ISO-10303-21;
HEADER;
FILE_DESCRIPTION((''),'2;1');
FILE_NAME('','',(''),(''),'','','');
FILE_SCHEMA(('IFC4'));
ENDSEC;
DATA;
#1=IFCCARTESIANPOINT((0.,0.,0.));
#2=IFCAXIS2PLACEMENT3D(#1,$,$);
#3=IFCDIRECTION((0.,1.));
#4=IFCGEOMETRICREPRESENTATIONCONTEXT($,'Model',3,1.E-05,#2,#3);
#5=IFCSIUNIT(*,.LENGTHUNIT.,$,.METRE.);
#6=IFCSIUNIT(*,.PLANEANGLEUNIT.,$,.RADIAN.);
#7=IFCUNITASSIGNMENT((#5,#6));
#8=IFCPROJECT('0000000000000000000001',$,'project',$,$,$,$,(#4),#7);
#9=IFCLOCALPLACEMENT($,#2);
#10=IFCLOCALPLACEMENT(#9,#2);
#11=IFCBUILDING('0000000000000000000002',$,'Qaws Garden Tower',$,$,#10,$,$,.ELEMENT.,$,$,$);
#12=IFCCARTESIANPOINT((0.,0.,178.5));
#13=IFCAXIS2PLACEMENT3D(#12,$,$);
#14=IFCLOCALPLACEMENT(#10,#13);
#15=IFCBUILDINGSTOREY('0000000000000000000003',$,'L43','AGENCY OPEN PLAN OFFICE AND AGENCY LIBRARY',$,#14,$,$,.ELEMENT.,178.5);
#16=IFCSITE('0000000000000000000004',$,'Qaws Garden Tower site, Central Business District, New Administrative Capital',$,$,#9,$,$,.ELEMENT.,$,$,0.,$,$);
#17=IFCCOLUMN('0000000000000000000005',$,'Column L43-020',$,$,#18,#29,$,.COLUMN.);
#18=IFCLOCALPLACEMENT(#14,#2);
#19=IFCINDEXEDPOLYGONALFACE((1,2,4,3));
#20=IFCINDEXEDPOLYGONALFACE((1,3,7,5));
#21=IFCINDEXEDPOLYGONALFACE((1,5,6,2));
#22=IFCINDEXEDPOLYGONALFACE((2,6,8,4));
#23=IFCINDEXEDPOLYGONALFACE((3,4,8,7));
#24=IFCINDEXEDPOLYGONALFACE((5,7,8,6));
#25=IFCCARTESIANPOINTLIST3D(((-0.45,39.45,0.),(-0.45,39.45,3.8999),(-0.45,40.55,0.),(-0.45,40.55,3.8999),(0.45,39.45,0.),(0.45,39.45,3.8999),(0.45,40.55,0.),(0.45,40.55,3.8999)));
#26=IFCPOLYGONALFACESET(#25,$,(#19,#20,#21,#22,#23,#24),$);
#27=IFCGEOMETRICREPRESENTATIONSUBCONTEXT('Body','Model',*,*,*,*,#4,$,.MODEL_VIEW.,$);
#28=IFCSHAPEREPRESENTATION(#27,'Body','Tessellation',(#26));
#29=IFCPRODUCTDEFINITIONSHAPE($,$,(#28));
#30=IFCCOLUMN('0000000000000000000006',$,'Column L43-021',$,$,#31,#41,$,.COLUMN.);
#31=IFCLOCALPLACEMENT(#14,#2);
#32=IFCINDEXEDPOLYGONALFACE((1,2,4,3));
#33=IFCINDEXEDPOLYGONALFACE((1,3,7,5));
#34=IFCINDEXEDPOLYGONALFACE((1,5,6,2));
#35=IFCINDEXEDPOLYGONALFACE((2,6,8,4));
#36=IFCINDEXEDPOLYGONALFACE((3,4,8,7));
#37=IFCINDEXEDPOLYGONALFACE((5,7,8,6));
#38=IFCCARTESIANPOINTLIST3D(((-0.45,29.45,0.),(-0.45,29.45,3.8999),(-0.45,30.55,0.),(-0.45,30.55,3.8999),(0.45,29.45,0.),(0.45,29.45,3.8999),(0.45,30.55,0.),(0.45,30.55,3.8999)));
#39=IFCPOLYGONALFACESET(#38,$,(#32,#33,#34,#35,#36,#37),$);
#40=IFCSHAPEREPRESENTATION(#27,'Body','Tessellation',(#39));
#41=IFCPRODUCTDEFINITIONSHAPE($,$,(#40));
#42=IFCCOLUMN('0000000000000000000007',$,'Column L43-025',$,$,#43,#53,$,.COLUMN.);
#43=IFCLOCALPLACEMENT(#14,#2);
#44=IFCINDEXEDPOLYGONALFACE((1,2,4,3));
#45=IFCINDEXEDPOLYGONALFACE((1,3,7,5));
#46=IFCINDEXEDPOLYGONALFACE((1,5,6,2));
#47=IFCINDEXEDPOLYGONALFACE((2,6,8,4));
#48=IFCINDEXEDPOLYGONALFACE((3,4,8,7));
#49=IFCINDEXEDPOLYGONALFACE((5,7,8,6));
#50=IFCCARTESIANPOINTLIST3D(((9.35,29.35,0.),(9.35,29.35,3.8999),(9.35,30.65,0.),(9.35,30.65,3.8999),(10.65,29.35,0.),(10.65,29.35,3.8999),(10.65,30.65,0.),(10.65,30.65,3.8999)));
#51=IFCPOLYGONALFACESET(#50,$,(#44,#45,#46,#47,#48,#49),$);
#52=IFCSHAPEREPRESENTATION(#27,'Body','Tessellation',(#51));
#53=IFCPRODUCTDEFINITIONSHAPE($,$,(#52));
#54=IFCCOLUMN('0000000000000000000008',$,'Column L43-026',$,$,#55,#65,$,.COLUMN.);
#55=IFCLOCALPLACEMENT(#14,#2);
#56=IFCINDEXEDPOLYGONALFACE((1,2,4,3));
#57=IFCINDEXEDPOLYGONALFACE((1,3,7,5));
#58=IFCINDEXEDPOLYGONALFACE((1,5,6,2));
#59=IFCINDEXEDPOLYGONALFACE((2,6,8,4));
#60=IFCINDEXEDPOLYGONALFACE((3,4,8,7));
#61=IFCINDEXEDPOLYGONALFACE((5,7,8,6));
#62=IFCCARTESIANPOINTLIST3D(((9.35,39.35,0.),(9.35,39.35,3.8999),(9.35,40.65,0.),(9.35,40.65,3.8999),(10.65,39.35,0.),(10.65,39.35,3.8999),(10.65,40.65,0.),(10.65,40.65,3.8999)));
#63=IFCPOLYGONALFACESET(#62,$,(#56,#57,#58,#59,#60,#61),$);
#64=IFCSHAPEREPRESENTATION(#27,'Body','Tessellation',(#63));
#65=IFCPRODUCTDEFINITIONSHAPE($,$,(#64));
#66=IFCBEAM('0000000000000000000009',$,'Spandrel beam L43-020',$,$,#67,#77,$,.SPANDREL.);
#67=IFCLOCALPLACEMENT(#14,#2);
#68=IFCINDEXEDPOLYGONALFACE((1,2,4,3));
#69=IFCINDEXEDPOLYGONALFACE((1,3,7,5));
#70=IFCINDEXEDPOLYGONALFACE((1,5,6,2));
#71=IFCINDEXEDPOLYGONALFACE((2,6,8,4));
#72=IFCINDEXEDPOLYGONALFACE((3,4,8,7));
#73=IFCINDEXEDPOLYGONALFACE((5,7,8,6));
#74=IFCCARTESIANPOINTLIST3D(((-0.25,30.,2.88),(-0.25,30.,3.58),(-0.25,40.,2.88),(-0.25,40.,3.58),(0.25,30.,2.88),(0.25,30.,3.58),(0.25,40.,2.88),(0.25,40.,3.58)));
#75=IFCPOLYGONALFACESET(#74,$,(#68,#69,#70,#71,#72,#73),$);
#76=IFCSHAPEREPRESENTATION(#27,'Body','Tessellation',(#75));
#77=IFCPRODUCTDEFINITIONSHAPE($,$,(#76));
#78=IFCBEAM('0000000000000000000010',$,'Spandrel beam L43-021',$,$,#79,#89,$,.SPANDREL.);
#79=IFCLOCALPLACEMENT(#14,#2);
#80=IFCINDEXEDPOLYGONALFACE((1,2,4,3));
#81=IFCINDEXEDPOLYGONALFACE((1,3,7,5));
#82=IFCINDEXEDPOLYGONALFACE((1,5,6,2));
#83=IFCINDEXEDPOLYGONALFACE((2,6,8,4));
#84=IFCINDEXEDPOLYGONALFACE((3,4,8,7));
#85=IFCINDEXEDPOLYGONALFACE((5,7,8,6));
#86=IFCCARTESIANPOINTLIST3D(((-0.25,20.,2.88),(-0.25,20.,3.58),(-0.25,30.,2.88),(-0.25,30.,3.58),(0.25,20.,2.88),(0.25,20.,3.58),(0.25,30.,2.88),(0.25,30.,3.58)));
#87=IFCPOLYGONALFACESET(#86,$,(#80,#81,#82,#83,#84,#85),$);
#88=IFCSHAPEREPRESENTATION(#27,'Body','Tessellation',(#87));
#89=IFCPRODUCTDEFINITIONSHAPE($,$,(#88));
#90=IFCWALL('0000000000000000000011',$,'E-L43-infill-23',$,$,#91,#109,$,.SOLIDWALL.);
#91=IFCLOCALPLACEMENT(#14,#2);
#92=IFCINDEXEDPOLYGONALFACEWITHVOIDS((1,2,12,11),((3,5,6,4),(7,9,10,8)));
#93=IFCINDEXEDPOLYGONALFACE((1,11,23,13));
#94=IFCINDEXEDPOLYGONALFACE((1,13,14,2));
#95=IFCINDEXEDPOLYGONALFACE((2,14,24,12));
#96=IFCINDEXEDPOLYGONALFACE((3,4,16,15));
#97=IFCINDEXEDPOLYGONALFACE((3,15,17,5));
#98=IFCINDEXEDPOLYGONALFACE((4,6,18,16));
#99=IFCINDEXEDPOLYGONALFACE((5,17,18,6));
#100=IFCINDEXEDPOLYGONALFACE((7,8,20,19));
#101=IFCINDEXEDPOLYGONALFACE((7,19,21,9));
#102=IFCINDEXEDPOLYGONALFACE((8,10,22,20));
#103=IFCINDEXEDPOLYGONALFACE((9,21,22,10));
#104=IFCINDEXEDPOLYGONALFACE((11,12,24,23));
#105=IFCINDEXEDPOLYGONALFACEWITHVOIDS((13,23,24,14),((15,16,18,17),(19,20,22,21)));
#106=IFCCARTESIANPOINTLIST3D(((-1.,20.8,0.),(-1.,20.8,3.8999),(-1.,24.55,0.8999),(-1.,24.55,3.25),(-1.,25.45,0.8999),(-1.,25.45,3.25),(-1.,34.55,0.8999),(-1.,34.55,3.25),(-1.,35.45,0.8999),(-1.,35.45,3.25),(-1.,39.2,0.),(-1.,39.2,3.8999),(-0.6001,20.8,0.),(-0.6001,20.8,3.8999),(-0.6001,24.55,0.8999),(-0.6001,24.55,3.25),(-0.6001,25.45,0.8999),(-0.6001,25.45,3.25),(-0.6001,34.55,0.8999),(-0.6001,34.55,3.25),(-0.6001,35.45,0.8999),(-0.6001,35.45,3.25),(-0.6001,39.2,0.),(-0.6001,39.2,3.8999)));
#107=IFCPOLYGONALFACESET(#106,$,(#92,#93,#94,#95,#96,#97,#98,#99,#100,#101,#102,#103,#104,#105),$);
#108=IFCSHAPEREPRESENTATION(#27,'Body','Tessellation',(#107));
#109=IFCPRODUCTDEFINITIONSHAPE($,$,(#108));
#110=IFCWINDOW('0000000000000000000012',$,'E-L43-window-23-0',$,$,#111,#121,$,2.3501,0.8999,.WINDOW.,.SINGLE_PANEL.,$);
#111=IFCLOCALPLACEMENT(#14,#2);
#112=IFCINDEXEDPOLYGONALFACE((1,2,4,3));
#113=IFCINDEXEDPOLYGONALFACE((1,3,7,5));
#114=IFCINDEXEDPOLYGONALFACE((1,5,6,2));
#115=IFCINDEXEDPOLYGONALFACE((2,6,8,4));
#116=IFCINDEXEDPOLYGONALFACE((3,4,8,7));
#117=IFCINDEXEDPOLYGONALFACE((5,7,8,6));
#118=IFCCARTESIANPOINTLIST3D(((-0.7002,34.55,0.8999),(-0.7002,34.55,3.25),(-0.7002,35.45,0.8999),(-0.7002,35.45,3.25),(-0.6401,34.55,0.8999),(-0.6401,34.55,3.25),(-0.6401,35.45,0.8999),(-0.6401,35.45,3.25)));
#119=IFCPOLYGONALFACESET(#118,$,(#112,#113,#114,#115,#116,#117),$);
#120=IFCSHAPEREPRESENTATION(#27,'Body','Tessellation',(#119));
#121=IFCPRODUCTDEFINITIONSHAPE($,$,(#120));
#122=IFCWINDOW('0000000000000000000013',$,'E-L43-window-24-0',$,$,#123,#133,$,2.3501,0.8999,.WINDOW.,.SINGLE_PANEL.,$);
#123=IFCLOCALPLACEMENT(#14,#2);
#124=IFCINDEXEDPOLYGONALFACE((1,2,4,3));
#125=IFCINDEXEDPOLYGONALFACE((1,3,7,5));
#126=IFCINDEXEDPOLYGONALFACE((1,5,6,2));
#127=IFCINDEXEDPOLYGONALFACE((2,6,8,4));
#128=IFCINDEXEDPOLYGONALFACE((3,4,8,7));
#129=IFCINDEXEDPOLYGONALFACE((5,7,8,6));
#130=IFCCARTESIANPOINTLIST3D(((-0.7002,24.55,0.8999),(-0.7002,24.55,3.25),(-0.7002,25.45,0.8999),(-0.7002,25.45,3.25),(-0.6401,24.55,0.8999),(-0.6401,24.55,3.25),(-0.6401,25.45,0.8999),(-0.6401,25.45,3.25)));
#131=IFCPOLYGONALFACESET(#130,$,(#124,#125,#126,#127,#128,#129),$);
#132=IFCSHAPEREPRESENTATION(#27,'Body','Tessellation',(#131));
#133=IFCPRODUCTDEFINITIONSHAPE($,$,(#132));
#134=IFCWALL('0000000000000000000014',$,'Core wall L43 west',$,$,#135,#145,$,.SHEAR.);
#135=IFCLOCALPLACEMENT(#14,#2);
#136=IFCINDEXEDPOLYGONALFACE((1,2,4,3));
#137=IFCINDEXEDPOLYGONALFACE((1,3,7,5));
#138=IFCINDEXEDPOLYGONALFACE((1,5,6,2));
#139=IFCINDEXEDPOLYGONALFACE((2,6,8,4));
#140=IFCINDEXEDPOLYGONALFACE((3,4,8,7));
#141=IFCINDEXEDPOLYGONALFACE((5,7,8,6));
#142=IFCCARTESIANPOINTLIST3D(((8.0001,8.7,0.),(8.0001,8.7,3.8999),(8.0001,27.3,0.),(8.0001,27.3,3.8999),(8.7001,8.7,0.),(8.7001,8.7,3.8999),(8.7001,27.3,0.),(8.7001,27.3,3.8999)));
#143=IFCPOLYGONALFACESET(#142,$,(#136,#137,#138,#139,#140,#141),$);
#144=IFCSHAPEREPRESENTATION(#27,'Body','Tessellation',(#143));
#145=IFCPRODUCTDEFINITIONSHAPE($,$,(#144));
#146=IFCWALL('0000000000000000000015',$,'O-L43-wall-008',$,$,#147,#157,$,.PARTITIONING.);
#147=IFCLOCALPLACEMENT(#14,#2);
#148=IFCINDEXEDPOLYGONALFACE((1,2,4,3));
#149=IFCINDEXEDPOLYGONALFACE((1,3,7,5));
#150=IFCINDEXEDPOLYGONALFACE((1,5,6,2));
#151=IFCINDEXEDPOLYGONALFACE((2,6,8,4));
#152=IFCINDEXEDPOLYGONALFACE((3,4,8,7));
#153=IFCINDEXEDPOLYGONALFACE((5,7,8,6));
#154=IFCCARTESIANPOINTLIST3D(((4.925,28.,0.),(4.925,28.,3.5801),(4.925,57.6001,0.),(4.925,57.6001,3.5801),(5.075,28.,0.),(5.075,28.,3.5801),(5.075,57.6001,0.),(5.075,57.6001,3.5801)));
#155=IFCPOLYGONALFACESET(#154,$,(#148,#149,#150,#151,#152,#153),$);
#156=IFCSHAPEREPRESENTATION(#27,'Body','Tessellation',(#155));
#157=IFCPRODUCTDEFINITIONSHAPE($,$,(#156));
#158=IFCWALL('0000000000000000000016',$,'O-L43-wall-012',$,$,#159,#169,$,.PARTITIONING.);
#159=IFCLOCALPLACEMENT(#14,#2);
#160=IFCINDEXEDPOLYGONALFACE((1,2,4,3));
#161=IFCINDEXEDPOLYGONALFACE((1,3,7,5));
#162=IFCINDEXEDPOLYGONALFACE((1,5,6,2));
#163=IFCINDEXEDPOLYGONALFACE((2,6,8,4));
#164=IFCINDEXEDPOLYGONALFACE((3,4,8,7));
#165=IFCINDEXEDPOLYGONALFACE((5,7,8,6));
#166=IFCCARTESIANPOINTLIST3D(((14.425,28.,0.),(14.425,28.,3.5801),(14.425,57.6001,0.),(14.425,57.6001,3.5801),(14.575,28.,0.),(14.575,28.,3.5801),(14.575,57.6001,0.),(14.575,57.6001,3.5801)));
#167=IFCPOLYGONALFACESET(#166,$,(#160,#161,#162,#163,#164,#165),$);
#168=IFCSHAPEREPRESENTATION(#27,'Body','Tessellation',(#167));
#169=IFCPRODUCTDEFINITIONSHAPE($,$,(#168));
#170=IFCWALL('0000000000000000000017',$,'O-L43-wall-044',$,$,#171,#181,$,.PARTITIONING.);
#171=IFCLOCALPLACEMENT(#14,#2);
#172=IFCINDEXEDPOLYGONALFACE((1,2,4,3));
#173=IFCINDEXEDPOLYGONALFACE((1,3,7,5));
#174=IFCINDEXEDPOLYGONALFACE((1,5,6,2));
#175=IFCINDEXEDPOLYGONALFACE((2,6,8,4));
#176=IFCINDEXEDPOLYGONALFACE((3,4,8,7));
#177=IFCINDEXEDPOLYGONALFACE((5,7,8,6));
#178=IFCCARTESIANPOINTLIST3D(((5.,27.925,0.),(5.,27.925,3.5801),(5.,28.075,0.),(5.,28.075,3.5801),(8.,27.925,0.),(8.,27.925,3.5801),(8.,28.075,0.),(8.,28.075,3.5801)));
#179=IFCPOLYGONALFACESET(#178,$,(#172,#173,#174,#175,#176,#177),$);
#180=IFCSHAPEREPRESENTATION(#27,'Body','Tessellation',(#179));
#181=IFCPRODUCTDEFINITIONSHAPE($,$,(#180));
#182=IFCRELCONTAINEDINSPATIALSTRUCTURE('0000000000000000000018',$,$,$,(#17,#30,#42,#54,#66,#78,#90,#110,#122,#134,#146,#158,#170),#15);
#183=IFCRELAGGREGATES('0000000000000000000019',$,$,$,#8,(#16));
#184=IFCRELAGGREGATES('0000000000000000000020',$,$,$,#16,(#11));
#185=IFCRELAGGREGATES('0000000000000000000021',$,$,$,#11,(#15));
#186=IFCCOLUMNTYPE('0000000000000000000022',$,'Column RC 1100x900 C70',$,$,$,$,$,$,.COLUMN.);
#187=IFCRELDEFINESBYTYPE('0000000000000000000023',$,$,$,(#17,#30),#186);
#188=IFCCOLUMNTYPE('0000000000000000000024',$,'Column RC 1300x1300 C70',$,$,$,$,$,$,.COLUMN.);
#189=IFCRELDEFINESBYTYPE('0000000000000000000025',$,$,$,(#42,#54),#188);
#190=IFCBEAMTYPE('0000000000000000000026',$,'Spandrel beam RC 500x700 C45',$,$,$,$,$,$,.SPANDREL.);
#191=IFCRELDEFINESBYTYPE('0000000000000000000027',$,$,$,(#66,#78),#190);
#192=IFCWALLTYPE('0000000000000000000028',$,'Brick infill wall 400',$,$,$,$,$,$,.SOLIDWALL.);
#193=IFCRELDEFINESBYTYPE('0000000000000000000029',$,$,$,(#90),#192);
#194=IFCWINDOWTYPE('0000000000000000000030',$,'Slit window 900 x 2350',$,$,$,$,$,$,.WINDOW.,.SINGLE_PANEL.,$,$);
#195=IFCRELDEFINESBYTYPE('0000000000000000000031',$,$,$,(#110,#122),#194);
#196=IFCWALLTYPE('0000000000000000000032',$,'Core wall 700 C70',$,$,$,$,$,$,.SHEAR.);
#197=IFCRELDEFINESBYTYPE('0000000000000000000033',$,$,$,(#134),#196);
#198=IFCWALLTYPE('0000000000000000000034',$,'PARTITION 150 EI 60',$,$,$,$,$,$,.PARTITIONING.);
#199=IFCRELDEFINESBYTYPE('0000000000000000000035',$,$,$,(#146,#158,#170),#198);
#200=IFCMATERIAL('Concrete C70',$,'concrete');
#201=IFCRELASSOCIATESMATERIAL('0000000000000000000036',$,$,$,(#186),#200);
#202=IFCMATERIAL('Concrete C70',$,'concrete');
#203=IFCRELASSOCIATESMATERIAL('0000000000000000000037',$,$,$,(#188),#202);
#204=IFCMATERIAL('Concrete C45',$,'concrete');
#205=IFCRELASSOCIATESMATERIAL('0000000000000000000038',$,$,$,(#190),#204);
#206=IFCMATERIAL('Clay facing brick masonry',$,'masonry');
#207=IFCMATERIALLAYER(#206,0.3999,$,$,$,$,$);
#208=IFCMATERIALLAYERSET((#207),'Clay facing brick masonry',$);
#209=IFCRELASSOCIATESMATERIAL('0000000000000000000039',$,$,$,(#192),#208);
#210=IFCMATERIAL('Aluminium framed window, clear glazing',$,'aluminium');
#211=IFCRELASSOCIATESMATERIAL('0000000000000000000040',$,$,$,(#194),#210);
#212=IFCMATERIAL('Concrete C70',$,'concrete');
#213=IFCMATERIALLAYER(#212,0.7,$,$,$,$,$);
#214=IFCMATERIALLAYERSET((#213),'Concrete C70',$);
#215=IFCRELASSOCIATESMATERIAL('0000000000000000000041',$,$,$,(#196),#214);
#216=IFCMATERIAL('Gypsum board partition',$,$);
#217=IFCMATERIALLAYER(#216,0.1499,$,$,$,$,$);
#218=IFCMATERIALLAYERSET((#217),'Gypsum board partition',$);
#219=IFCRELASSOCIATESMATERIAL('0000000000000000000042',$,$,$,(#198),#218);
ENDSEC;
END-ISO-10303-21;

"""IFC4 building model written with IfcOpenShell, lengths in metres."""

from ifc_helpers import new_model, si_unit, direction, frame, frame_2d, origin, origin_2d, place, context, subcontext, project, spatial, rectangle, extrude, material, layer, layer_set, material_profile, profile_set, type_object, element, fill, save


model = new_model("IFC4")

# Units and contexts
model_context = context("Model", 3, precision=1e-05, world=origin(), true_north=direction((0.0, 1.0)))
body_context = subcontext(model_context, "Body", "Model", "MODEL_VIEW")
ifc_project = project(units=[si_unit("LENGTHUNIT", "METRE"), si_unit("PLANEANGLEUNIT", "RADIAN")], contexts=[model_context])

# Site, building, storey
site_placement = place(None, origin())
site = spatial("IfcSite", under=ifc_project, at=site_placement, Name="Qaws Garden Tower site, Central Business District, New Administrative Capital", CompositionType="ELEMENT", RefElevation=0.0)
building_placement = place(site_placement, origin())
building = spatial("IfcBuilding", under=site, at=building_placement, Name="Qaws Garden Tower", CompositionType="ELEMENT")
storey_placement = place(building_placement, frame((0.0, 0.0, 178.5)))
storey = spatial("IfcBuildingStorey", under=building, at=storey_placement, Name="L43", Description="AGENCY OPEN PLAN OFFICE AND AGENCY LIBRARY", CompositionType="ELEMENT", Elevation=178.5)

# Columns
ifc_material_1 = material(Name="Concrete C70", Category="concrete")
ifc_material_profile_1 = material_profile(ifc_material_1, rectangle(XDim=1.1001, YDim=0.8999, at=origin_2d()), Name="RC 1100x900")
ifc_profile_set_1 = profile_set([ifc_material_profile_1], Name="Concrete C70")
column_type_1 = type_object("IfcColumnType", Name="Column RC 1100x900 C70", PredefinedType="COLUMN", material=ifc_profile_set_1)
for number, where, z_axis, x_axis, name in (
    (1, (0.0, 40.0, 0.0), (0.0, 0.0, 1.0), (0.0, 1.0, 0.0), "Column L43-020"),
    (2, (0.0, 30.0, 0.0), (0.0, 0.0, 1.0), (0.0, 1.0, 0.0), "Column L43-021"),
):
    element("IfcColumn", number, at=place(storey_placement, frame(where, z_axis=z_axis, x_axis=x_axis)), inside=storey, type_object=column_type_1, Name=name, PredefinedType="COLUMN", context=body_context, shape_type="SweptSolid", body=[
        extrude(rectangle(XDim=1.1001, YDim=0.8999, at=origin_2d()), origin(), (0.0, 0.0, 1.0), 3.8999),
    ])
ifc_material_2 = material(Name="Concrete C70", Category="concrete")
ifc_material_profile_2 = material_profile(ifc_material_2, rectangle(XDim=1.3, YDim=1.3, at=origin_2d()), Name="RC 1300x1300")
ifc_profile_set_2 = profile_set([ifc_material_profile_2], Name="Concrete C70")
column_type_2 = type_object("IfcColumnType", Name="Column RC 1300x1300 C70", PredefinedType="COLUMN", material=ifc_profile_set_2)
for number, where, z_axis, x_axis, name in (
    (3, (10.0, 30.0, 0.0), (0.0, 0.0, 1.0), (1.0, 0.0, 0.0), "Column L43-025"),
    (4, (10.0, 40.0, 0.0), (0.0, 0.0, 1.0), (1.0, 0.0, 0.0), "Column L43-026"),
):
    element("IfcColumn", number, at=place(storey_placement, frame(where, z_axis=z_axis, x_axis=x_axis)), inside=storey, type_object=column_type_2, Name=name, PredefinedType="COLUMN", context=body_context, shape_type="SweptSolid", body=[
        extrude(rectangle(XDim=1.3, YDim=1.3, at=origin_2d()), origin(), (0.0, 0.0, 1.0), 3.8999),
    ])

# Beams
ifc_material_3 = material(Name="Concrete C45", Category="concrete")
ifc_material_profile_3 = material_profile(ifc_material_3, rectangle(XDim=0.5, YDim=0.7, at=origin_2d()), Name="RC 500x700")
ifc_profile_set_3 = profile_set([ifc_material_profile_3], Name="Concrete C45")
beam_type = type_object("IfcBeamType", Name="Spandrel beam RC 500x700 C45", PredefinedType="SPANDREL", material=ifc_profile_set_3)
for number, where, z_axis, x_axis, name in (
    (5, (0.0, 40.0, 3.23), (0.0, -1.0, 0.0), (1.0, 0.0, 0.0), "Spandrel beam L43-020"),
    (6, (0.0, 30.0, 3.23), (0.0, -1.0, 0.0), (1.0, 0.0, 0.0), "Spandrel beam L43-021"),
):
    element("IfcBeam", number, at=place(storey_placement, frame(where, z_axis=z_axis, x_axis=x_axis)), inside=storey, type_object=beam_type, Name=name, PredefinedType="SPANDREL", context=body_context, shape_type="SweptSolid", body=[
        extrude(rectangle(XDim=0.5, YDim=0.7, at=origin_2d()), origin(), (0.0, 0.0, 1.0), 10.0),
    ])

# Wall, openings, windows
ifc_material_4 = material(Name="Clay facing brick masonry", Category="masonry")
ifc_layer_1 = layer(ifc_material_4, 0.3999)
ifc_layer_set_1 = layer_set([ifc_layer_1], Name="Clay facing brick masonry")
wall_type_1 = type_object("IfcWallType", Name="Brick infill wall 400", PredefinedType="SOLIDWALL", material=ifc_layer_set_1)
wall_1_placement = place(storey_placement, frame((-0.8, 39.2, 0.0), z_axis=(0.0, 0.0, 1.0), x_axis=(0.0, -1.0, 0.0)))
wall_1 = element("IfcWall", 7, at=wall_1_placement, inside=storey, type_object=wall_type_1, Name="E-L43-infill-23", PredefinedType="SOLIDWALL", context=body_context, shape_type="SweptSolid", body=[
    extrude(rectangle(XDim=18.3999, YDim=0.3999, at=frame_2d((9.2, 0.0))), origin(), (0.0, 0.0, 1.0), 3.8999),
])
opening_1_placement = place(wall_1_placement, frame((3.75, 0.0, 0.8999)))
opening_1 = element("IfcOpeningElement", 8, at=opening_1_placement, cuts=wall_1, PredefinedType="OPENING", context=body_context, shape_type="SweptSolid", body=[
    extrude(rectangle(XDim=0.8999, YDim=2.3501, at=frame_2d((0.45, 1.175))), frame((0.0, 0.21, 0.0), z_axis=(0.0, -1.0, 0.0), x_axis=(1.0, 0.0, 0.0)), (0.0, 0.0, 1.0), 0.4199),
])
opening_2_placement = place(wall_1_placement, frame((13.75, 0.0, 0.8999)))
opening_2 = element("IfcOpeningElement", 9, at=opening_2_placement, cuts=wall_1, PredefinedType="OPENING", context=body_context, shape_type="SweptSolid", body=[
    extrude(rectangle(XDim=0.8999, YDim=2.3501, at=frame_2d((0.45, 1.175))), frame((0.0, 0.21, 0.0), z_axis=(0.0, -1.0, 0.0), x_axis=(1.0, 0.0, 0.0)), (0.0, 0.0, 1.0), 0.4199),
])
ifc_material_5 = material(Name="Aluminium framed window, clear glazing", Category="aluminium")
window_type = type_object("IfcWindowType", Name="Slit window 900 x 2350", PartitioningType="SINGLE_PANEL", PredefinedType="WINDOW", material=ifc_material_5)
window_1_placement = place(opening_1_placement, origin())
window_1 = element("IfcWindow", 10, at=window_1_placement, inside=storey, type_object=window_type, Name="E-L43-window-23-0", OverallHeight=2.3501, OverallWidth=0.8999, PartitioningType="SINGLE_PANEL", PredefinedType="WINDOW", context=body_context, shape_type="SweptSolid", body=[
    extrude(rectangle(XDim=0.8999, YDim=2.3501, at=frame_2d((0.45, 1.175))), frame((0.0, 0.1599, 0.0), z_axis=(0.0, -1.0, 0.0), x_axis=(1.0, 0.0, 0.0)), (0.0, 0.0, 1.0), 0.0601),
])
fill(opening_1, window_1)
window_2_placement = place(opening_2_placement, origin())
window_2 = element("IfcWindow", 11, at=window_2_placement, inside=storey, type_object=window_type, Name="E-L43-window-24-0", OverallHeight=2.3501, OverallWidth=0.8999, PartitioningType="SINGLE_PANEL", PredefinedType="WINDOW", context=body_context, shape_type="SweptSolid", body=[
    extrude(rectangle(XDim=0.8999, YDim=2.3501, at=frame_2d((0.45, 1.175))), frame((0.0, 0.1599, 0.0), z_axis=(0.0, -1.0, 0.0), x_axis=(1.0, 0.0, 0.0)), (0.0, 0.0, 1.0), 0.0601),
])
fill(opening_2, window_2)

# Walls
ifc_material_6 = material(Name="Concrete C70", Category="concrete")
ifc_layer_2 = layer(ifc_material_6, 0.7)
ifc_layer_set_2 = layer_set([ifc_layer_2], Name="Concrete C70")
wall_type_2 = type_object("IfcWallType", Name="Core wall 700 C70", PredefinedType="SHEAR", material=ifc_layer_set_2)
wall_2_placement = place(storey_placement, frame((8.3501, 27.3, 0.0), z_axis=(0.0, 0.0, 1.0), x_axis=(0.0, -1.0, 0.0)))
element("IfcWall", 12, at=wall_2_placement, inside=storey, type_object=wall_type_2, Name="Core wall L43 west", PredefinedType="SHEAR", context=body_context, shape_type="SweptSolid", body=[
    extrude(rectangle(XDim=18.6001, YDim=0.7, at=frame_2d((9.3, 0.0))), origin(), (0.0, 0.0, 1.0), 3.8999),
])
ifc_material_7 = material(Name="Gypsum board partition")
ifc_layer_3 = layer(ifc_material_7, 0.1499)
ifc_layer_set_3 = layer_set([ifc_layer_3], Name="Gypsum board partition")
wall_type_3 = type_object("IfcWallType", Name="PARTITION 150 EI 60", PredefinedType="PARTITIONING", material=ifc_layer_set_3)
for number, where, z_axis, x_axis, name in (
    (13, (5.0, 28.0, 0.0), (0.0, 0.0, 1.0), (0.0, 1.0, 0.0), "O-L43-wall-008"),
    (14, (14.5, 28.0, 0.0), (0.0, 0.0, 1.0), (0.0, 1.0, 0.0), "O-L43-wall-012"),
):
    element("IfcWall", number, at=place(storey_placement, frame(where, z_axis=z_axis, x_axis=x_axis)), inside=storey, type_object=wall_type_3, Name=name, PredefinedType="PARTITIONING", context=body_context, shape_type="SweptSolid", body=[
        extrude(rectangle(XDim=29.6001, YDim=0.1499, at=frame_2d((14.8, 0.0))), origin(), (0.0, 0.0, 1.0), 3.5801),
    ])
wall_3_placement = place(storey_placement, frame((5.0, 28.0, 0.0), z_axis=(0.0, 0.0, 1.0), x_axis=(1.0, 0.0, 0.0)))
element("IfcWall", 15, at=wall_3_placement, inside=storey, type_object=wall_type_3, Name="O-L43-wall-044", PredefinedType="PARTITIONING", context=body_context, shape_type="SweptSolid", body=[
    extrude(rectangle(XDim=3.0, YDim=0.1499, at=frame_2d((1.5, 0.0))), origin(), (0.0, 0.0, 1.0), 3.5801),
])

save(model, "model.ifc")
